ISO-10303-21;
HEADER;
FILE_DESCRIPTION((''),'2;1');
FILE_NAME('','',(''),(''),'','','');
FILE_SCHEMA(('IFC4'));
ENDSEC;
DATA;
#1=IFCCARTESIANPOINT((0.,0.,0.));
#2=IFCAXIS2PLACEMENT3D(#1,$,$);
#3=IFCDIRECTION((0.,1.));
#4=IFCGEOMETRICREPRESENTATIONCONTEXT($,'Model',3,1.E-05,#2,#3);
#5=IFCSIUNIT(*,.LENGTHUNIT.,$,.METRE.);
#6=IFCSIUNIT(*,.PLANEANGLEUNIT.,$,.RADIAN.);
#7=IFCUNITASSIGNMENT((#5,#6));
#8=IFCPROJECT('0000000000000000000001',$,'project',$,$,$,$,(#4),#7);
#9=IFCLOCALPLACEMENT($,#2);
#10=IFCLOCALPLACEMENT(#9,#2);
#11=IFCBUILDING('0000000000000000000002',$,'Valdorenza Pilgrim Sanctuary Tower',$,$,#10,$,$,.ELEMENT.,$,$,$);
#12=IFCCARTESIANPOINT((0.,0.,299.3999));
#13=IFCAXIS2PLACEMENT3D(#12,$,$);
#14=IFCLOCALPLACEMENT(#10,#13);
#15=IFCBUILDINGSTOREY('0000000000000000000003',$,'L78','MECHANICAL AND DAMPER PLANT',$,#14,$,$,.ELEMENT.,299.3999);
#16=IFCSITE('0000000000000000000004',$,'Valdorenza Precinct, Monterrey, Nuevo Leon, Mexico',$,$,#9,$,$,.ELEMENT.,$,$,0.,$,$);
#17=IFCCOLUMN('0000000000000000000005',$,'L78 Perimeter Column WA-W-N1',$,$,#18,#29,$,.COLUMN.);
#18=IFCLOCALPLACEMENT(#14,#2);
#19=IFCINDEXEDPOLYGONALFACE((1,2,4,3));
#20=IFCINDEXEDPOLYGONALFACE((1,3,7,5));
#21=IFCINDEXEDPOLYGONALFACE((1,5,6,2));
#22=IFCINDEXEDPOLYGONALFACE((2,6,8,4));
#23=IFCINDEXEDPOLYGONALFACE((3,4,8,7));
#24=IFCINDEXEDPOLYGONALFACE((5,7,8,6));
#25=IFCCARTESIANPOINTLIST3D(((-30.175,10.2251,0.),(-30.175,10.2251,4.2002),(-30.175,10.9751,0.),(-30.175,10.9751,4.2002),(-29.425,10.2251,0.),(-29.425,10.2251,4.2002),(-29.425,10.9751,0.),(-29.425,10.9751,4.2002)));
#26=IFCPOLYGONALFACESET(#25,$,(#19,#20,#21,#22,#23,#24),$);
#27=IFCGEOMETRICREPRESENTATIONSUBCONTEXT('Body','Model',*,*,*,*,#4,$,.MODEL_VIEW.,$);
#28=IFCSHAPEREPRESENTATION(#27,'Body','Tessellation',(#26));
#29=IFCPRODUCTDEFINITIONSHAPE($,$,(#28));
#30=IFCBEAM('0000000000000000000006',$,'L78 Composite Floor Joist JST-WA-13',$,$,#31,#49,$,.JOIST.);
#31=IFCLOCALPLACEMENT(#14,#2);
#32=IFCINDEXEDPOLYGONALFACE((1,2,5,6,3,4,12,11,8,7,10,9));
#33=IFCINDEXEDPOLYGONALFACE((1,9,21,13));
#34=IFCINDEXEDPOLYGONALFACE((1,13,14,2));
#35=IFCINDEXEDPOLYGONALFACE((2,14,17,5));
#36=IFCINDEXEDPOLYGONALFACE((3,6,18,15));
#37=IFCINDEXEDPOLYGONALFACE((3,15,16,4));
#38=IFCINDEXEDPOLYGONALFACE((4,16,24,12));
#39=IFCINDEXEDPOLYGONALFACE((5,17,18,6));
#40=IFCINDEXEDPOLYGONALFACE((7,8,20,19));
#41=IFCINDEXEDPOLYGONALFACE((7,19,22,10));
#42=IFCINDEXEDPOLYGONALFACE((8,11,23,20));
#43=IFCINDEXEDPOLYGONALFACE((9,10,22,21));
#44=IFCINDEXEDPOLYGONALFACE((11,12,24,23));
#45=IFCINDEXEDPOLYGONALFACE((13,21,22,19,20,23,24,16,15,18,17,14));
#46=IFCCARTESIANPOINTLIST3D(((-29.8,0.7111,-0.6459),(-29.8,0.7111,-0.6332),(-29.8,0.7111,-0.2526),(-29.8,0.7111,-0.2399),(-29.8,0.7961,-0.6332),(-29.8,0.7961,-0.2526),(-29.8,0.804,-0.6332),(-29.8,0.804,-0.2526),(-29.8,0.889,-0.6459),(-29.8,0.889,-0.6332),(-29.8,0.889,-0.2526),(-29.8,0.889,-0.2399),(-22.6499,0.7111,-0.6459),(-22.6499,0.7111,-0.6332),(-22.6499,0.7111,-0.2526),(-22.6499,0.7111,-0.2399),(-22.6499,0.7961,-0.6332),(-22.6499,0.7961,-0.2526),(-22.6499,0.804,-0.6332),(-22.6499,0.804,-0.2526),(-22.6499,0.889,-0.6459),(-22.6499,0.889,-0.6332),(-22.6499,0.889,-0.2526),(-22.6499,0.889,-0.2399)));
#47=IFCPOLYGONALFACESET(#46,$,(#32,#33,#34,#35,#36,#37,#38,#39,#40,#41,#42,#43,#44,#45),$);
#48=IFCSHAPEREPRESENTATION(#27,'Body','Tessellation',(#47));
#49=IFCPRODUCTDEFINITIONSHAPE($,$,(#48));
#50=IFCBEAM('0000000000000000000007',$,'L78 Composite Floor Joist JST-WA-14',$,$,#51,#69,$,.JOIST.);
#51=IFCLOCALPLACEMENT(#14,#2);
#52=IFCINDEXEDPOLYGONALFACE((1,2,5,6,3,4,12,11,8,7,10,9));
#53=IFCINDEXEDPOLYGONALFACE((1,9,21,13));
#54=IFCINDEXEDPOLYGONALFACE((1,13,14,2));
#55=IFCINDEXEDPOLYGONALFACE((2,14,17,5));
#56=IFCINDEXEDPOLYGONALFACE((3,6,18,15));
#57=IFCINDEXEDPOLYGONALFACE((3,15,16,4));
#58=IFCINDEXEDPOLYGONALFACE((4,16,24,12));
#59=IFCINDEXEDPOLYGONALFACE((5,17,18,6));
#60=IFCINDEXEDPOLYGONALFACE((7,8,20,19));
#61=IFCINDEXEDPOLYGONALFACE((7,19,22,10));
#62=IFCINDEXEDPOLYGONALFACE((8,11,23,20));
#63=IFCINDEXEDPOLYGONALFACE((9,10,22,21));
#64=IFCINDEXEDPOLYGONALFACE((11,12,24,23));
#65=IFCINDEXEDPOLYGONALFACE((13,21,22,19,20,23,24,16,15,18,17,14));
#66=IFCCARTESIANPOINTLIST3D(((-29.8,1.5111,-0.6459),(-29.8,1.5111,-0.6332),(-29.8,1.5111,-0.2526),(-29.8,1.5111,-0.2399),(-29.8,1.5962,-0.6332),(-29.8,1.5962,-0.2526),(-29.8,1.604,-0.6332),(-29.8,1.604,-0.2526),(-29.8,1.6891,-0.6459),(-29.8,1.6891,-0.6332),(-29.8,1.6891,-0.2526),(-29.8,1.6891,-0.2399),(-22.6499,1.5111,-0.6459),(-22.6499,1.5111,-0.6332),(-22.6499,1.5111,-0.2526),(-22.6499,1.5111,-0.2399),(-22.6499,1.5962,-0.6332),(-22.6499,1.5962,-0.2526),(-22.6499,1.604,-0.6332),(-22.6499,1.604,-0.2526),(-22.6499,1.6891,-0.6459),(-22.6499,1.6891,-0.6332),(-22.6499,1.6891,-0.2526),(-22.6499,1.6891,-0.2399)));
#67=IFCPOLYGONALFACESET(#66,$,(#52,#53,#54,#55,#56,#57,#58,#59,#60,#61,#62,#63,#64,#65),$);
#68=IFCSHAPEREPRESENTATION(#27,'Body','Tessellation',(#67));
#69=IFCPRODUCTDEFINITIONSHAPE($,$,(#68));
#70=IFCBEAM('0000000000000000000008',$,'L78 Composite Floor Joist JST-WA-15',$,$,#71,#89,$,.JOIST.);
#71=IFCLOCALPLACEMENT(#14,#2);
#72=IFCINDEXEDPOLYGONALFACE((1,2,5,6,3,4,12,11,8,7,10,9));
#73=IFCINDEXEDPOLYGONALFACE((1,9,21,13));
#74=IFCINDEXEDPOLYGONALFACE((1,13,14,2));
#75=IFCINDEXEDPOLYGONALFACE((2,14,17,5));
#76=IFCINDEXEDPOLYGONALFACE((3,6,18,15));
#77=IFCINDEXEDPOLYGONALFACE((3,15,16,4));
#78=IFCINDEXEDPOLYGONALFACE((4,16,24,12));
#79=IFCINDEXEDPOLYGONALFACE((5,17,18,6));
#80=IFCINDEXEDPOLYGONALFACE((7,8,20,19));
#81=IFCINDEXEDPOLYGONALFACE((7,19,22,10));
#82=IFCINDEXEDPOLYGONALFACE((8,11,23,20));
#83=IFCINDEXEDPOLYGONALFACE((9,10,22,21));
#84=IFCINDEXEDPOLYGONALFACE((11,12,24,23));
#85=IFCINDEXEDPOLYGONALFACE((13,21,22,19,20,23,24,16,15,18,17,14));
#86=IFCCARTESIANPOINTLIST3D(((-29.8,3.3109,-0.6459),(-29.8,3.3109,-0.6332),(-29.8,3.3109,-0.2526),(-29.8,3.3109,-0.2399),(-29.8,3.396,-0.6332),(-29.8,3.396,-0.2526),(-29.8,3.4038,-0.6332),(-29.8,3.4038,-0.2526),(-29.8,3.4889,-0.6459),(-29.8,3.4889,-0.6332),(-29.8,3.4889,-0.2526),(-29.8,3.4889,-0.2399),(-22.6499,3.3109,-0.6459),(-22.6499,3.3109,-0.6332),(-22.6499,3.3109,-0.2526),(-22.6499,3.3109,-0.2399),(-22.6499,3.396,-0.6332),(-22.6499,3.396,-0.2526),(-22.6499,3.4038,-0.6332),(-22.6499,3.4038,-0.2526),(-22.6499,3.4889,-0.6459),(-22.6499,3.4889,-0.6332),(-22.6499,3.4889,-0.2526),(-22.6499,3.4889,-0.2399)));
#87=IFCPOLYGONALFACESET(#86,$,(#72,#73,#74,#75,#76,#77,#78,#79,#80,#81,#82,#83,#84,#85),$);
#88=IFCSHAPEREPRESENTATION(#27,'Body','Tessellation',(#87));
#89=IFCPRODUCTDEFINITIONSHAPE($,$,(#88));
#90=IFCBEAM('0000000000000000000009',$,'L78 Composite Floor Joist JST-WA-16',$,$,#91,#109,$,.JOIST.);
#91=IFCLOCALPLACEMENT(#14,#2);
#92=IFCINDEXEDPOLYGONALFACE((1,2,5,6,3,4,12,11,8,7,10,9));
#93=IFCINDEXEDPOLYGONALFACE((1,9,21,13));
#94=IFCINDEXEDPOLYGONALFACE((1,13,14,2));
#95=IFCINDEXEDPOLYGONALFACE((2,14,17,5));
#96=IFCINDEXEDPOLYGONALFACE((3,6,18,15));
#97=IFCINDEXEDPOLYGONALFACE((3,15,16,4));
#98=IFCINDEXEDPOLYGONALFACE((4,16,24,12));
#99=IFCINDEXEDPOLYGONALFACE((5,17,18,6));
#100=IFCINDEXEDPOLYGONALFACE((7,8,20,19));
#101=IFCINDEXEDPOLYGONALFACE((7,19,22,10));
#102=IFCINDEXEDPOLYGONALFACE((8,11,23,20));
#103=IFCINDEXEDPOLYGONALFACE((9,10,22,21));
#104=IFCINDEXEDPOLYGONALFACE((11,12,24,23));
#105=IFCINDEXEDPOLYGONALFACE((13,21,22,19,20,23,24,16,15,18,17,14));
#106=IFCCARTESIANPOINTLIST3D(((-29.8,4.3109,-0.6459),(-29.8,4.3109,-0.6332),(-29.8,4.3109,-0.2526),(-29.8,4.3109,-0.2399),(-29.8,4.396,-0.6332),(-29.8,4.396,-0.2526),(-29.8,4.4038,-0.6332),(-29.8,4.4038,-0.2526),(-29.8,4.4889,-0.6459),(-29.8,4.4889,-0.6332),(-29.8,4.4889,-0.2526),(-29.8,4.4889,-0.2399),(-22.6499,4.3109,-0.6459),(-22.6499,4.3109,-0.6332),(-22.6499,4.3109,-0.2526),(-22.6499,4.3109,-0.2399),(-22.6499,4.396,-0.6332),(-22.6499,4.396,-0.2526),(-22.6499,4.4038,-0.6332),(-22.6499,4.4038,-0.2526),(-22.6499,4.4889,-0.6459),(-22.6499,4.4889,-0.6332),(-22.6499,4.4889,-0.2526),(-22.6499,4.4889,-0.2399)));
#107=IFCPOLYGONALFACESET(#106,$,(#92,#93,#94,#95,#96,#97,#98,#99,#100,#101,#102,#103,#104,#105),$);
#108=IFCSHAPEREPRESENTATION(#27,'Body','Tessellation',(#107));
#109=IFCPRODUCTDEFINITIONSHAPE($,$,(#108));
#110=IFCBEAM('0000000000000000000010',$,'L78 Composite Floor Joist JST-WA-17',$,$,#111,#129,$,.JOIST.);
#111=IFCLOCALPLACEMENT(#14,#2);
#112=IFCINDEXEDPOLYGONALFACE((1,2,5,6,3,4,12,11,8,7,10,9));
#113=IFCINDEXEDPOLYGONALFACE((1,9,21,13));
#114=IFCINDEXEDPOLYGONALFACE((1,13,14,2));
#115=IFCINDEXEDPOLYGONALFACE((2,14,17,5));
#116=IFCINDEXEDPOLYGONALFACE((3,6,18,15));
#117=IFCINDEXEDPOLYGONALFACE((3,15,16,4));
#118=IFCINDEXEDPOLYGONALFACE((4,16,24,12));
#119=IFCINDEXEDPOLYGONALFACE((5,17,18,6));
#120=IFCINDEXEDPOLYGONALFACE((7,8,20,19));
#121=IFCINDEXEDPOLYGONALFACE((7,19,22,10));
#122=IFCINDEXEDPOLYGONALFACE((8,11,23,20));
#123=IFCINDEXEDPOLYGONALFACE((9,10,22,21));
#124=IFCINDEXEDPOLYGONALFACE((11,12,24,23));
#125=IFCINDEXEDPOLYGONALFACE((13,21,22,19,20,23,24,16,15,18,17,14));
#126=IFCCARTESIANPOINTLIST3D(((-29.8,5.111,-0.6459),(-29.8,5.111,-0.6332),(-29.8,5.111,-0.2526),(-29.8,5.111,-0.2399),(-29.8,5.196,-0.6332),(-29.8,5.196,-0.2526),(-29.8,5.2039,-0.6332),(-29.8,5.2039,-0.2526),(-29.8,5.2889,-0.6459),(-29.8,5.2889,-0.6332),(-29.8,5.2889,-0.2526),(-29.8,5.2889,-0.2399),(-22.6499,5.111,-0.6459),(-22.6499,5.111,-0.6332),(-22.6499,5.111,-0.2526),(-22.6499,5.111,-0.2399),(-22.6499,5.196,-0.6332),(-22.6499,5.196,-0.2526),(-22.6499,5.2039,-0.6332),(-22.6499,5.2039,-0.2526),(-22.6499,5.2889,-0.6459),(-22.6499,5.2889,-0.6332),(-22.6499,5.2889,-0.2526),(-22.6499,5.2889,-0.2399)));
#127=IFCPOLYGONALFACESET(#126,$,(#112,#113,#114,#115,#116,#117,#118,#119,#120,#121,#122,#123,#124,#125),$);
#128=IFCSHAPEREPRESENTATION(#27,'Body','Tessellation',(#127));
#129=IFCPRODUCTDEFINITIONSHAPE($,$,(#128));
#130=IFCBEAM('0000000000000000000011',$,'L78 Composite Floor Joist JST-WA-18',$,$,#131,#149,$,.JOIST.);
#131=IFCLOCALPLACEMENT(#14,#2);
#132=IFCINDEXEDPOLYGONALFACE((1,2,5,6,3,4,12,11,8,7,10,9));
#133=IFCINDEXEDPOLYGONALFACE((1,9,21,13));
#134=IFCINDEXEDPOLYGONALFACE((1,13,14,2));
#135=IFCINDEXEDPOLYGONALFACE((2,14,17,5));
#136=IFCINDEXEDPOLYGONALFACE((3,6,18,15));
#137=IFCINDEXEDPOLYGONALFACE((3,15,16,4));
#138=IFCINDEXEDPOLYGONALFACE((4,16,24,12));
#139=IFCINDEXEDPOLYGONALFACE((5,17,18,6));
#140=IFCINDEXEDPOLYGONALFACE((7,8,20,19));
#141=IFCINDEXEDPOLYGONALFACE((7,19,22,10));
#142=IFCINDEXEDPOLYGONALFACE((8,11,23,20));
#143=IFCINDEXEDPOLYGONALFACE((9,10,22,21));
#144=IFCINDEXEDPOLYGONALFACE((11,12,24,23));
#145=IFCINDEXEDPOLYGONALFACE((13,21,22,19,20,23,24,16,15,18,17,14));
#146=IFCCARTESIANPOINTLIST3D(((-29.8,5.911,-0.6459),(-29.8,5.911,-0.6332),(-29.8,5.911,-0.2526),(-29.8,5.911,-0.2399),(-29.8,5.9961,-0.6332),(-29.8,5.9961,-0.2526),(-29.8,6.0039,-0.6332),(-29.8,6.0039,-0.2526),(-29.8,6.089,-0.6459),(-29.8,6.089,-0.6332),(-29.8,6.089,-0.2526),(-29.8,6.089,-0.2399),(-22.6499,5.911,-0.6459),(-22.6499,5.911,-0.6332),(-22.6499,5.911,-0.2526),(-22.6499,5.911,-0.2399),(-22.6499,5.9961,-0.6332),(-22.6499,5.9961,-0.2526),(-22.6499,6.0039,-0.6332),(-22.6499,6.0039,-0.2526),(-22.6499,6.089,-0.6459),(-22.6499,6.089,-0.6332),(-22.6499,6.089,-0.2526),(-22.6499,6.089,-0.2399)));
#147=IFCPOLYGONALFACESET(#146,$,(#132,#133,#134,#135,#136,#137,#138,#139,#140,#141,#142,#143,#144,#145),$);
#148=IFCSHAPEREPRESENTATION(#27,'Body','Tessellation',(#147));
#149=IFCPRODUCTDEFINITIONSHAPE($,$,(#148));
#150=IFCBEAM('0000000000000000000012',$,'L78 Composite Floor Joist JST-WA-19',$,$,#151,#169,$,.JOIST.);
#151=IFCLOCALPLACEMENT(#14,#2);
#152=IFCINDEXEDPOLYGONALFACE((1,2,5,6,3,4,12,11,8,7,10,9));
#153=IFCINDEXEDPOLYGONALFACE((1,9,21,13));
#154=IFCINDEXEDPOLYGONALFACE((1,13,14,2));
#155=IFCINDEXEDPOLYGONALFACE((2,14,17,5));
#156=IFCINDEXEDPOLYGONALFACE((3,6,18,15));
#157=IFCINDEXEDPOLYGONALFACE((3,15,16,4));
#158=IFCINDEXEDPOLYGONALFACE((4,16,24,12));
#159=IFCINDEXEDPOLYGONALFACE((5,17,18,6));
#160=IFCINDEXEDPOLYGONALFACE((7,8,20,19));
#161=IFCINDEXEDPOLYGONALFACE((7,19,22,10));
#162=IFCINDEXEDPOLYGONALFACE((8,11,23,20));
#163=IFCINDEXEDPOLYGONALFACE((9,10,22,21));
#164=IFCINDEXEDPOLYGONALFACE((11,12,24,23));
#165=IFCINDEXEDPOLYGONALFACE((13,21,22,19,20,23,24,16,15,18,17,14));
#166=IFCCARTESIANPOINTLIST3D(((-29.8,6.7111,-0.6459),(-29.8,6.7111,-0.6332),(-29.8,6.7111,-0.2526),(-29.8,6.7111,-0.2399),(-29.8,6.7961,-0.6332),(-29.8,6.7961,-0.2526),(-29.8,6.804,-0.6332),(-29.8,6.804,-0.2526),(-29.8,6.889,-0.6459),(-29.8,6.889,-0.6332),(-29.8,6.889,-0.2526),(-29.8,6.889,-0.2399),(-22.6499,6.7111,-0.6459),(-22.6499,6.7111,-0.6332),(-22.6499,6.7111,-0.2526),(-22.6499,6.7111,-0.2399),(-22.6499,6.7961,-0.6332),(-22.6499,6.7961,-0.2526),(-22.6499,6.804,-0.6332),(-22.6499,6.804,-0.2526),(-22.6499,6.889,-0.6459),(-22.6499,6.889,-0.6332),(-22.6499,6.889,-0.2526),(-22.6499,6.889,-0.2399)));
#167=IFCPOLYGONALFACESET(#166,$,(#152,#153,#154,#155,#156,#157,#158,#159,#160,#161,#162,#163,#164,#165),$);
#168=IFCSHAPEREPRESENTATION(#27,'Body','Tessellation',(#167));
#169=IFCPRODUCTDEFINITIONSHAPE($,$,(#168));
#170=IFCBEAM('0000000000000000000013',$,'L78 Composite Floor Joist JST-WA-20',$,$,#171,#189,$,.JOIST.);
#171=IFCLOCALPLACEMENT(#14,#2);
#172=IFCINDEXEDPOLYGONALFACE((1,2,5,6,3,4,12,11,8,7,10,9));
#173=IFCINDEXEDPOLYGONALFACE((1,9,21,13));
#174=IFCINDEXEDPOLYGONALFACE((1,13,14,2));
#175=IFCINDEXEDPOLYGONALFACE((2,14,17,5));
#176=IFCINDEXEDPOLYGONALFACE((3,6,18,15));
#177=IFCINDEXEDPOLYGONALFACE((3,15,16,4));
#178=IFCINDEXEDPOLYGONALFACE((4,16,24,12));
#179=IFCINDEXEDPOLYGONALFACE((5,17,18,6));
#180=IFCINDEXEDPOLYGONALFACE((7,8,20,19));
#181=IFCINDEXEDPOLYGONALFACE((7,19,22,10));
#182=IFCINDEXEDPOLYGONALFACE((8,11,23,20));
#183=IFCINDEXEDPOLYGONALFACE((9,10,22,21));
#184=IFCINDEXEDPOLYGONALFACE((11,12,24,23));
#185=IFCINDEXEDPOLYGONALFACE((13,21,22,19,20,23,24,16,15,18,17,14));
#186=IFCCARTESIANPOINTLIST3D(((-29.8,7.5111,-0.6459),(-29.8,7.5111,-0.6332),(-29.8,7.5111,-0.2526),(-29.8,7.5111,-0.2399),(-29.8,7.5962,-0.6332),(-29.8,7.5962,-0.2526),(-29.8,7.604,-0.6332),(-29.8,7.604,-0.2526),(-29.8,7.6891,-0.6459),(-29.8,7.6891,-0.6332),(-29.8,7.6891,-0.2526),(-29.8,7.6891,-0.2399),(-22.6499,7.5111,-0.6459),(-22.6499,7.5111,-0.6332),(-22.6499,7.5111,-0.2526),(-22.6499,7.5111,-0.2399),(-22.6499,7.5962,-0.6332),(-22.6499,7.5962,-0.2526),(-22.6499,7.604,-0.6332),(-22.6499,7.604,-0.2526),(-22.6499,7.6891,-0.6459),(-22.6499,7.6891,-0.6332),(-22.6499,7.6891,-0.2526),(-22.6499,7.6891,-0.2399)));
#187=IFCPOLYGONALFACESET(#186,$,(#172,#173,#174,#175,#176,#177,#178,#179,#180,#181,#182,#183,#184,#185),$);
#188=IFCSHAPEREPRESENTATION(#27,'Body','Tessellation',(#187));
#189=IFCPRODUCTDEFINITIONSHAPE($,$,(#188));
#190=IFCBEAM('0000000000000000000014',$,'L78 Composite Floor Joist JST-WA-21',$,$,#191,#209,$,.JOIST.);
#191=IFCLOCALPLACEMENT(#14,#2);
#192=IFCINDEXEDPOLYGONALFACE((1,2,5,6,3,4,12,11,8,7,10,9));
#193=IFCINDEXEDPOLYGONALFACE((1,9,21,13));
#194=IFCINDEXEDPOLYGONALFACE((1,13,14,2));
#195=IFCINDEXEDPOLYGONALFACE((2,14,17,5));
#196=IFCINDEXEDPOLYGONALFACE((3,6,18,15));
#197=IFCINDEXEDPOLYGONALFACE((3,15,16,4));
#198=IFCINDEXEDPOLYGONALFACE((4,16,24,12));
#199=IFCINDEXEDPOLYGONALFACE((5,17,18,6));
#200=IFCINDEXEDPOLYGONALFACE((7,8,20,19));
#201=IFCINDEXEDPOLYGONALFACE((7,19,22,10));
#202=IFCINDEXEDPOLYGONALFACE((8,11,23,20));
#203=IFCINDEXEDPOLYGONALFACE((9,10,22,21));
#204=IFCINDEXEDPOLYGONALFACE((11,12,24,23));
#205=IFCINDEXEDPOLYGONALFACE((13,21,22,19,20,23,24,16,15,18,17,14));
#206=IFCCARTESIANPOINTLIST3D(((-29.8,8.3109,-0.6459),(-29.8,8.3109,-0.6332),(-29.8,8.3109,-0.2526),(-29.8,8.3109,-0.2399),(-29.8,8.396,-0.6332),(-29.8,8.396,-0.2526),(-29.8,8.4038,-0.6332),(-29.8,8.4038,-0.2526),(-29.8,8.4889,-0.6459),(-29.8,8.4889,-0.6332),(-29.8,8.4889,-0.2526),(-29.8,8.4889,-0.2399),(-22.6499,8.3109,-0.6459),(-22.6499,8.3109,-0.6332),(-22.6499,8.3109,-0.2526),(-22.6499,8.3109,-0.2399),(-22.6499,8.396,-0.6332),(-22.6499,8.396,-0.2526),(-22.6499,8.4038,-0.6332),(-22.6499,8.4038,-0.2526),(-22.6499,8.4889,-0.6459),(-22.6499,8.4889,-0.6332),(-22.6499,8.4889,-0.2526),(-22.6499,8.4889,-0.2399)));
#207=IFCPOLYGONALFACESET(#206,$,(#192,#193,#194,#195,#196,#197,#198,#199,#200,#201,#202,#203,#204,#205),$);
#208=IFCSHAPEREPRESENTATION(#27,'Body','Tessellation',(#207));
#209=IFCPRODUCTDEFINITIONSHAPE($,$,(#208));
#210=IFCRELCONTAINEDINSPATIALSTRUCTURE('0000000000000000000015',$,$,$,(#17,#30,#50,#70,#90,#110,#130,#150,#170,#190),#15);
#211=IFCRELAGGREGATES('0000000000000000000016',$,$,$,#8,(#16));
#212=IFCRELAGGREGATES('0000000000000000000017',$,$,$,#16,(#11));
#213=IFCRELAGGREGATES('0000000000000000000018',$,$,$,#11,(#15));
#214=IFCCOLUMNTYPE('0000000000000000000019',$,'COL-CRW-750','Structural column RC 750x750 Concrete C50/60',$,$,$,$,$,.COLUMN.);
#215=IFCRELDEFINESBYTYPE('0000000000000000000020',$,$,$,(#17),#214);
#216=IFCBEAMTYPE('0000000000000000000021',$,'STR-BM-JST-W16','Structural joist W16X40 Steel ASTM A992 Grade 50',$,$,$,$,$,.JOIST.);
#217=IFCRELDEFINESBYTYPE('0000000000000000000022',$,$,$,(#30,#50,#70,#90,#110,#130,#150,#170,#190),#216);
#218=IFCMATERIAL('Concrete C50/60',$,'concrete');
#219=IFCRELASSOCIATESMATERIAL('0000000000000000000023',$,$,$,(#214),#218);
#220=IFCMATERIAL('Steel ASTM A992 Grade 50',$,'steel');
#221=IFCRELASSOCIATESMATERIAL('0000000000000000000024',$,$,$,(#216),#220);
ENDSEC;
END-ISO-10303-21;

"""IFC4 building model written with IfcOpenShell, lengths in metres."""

from ifc_helpers import new_model, si_unit, direction, frame, origin, origin_2d, place, context, subcontext, project, spatial, rectangle, i_section, extrude, source, transform, mapped, material, material_profile, profile_set, type_object, element, save


model = new_model("IFC4")

# Units and contexts
model_context = context("Model", 3, precision=1e-05, world=origin(), true_north=direction((0.0, 1.0)))
body_context = subcontext(model_context, "Body", "Model", "MODEL_VIEW")
ifc_project = project(units=[si_unit("LENGTHUNIT", "METRE"), si_unit("PLANEANGLEUNIT", "RADIAN")], contexts=[model_context])

# Site, building, storey
site_placement = place(None, origin())
site = spatial("IfcSite", under=ifc_project, at=site_placement, Name="Valdorenza Precinct, Monterrey, Nuevo Leon, Mexico", CompositionType="ELEMENT", RefElevation=0.0)
building_placement = place(site_placement, origin())
building = spatial("IfcBuilding", under=site, at=building_placement, Name="Valdorenza Pilgrim Sanctuary Tower", CompositionType="ELEMENT")
storey_placement = place(building_placement, frame((0.0, 0.0, 299.3999)))
storey = spatial("IfcBuildingStorey", under=building, at=storey_placement, Name="L78", Description="MECHANICAL AND DAMPER PLANT", CompositionType="ELEMENT", Elevation=299.3999)

# Column
ifc_material_1 = material(Name="Concrete C50/60", Category="concrete")
ifc_material_profile_1 = material_profile(ifc_material_1, rectangle(XDim=0.75, YDim=0.75, at=origin_2d()), Name="RC 750x750")
ifc_profile_set_1 = profile_set([ifc_material_profile_1], Name="Concrete C50/60")
column_type = type_object("IfcColumnType", Name="COL-CRW-750", Description="Structural column RC 750x750 Concrete C50/60", PredefinedType="COLUMN", material=ifc_profile_set_1)
shared_shape_1 = source(origin(), body_context, "Body", "SweptSolid", [
    extrude(rectangle(XDim=0.75, YDim=0.75, at=origin_2d()), origin(), (0.0, 0.0, 1.0), 4.2002),
])
column_placement = place(storey_placement, frame((-29.8, 10.6001, 0.0), z_axis=(0.0, 0.0, 1.0), x_axis=(1.0, 0.0, 0.0)))
element("IfcColumn", 1, at=column_placement, inside=storey, type_object=column_type, Name="L78 Perimeter Column WA-W-N1", PredefinedType="COLUMN", context=body_context, shape_type="MappedRepresentation", body=[
    mapped(shared_shape_1, transform((0.0, 0.0, 0.0), x_axis=(1.0, 0.0, 0.0), y_axis=(0.0, 1.0, 0.0), z_axis=(0.0, 0.0, 1.0), scale=1.0)),
])

# Beams
ifc_material_2 = material(Name="Steel ASTM A992 Grade 50", Category="steel")
ifc_material_profile_2 = material_profile(ifc_material_2, i_section(OverallWidth=0.178, OverallDepth=0.406, WebThickness=0.0078, FlangeThickness=0.0127, at=origin_2d()), Name="W16X40")
ifc_profile_set_2 = profile_set([ifc_material_profile_2], Name="Steel ASTM A992 Grade 50")
beam_type_1 = type_object("IfcBeamType", Name="STR-BM-JST-W16", Description="Structural joist W16X40 Steel ASTM A992 Grade 50", PredefinedType="JOIST", material=ifc_profile_set_2)
shared_shape_2 = source(origin(), body_context, "Body", "SweptSolid", [
    extrude(i_section(OverallWidth=0.178, OverallDepth=0.406, WebThickness=0.0078, FlangeThickness=0.0127, at=origin_2d()), origin(), (0.0, 0.0, 1.0), 7.1501),
])
for number, where, z_axis, x_axis, name in (
    (2, (-29.8, 0.8, -0.4429), (1.0, 0.0, 0.0), (0.0, 1.0, 0.0), "L78 Composite Floor Joist JST-WA-13"),
    (3, (-29.8, 1.6001, -0.4429), (1.0, 0.0, 0.0), (0.0, 1.0, 0.0), "L78 Composite Floor Joist JST-WA-14"),
    (4, (-29.8, 3.3999, -0.4429), (1.0, 0.0, 0.0), (0.0, 1.0, 0.0), "L78 Composite Floor Joist JST-WA-15"),
    (5, (-29.8, 4.3999, -0.4429), (1.0, 0.0, 0.0), (0.0, 1.0, 0.0), "L78 Composite Floor Joist JST-WA-16"),
    (6, (-29.8, 5.2, -0.4429), (1.0, 0.0, 0.0), (0.0, 1.0, 0.0), "L78 Composite Floor Joist JST-WA-17"),
    (7, (-29.8, 6.0, -0.4429), (1.0, 0.0, 0.0), (0.0, 1.0, 0.0), "L78 Composite Floor Joist JST-WA-18"),
    (8, (-29.8, 6.8, -0.4429), (1.0, 0.0, 0.0), (0.0, 1.0, 0.0), "L78 Composite Floor Joist JST-WA-19"),
    (9, (-29.8, 7.6001, -0.4429), (1.0, 0.0, 0.0), (0.0, 1.0, 0.0), "L78 Composite Floor Joist JST-WA-20"),
    (10, (-29.8, 8.3999, -0.4429), (1.0, 0.0, 0.0), (0.0, 1.0, 0.0), "L78 Composite Floor Joist JST-WA-21"),
):
    element("IfcBeam", number, at=place(storey_placement, frame(where, z_axis=z_axis, x_axis=x_axis)), inside=storey, type_object=beam_type_1, Name=name, PredefinedType="JOIST", context=body_context, shape_type="MappedRepresentation", body=[
        mapped(shared_shape_2, transform((0.0, 0.0, 0.0), x_axis=(1.0, 0.0, 0.0), y_axis=(0.0, 1.0, 0.0), z_axis=(0.0, 0.0, 1.0), scale=1.0)),
    ])

save(model, "model.ifc")
